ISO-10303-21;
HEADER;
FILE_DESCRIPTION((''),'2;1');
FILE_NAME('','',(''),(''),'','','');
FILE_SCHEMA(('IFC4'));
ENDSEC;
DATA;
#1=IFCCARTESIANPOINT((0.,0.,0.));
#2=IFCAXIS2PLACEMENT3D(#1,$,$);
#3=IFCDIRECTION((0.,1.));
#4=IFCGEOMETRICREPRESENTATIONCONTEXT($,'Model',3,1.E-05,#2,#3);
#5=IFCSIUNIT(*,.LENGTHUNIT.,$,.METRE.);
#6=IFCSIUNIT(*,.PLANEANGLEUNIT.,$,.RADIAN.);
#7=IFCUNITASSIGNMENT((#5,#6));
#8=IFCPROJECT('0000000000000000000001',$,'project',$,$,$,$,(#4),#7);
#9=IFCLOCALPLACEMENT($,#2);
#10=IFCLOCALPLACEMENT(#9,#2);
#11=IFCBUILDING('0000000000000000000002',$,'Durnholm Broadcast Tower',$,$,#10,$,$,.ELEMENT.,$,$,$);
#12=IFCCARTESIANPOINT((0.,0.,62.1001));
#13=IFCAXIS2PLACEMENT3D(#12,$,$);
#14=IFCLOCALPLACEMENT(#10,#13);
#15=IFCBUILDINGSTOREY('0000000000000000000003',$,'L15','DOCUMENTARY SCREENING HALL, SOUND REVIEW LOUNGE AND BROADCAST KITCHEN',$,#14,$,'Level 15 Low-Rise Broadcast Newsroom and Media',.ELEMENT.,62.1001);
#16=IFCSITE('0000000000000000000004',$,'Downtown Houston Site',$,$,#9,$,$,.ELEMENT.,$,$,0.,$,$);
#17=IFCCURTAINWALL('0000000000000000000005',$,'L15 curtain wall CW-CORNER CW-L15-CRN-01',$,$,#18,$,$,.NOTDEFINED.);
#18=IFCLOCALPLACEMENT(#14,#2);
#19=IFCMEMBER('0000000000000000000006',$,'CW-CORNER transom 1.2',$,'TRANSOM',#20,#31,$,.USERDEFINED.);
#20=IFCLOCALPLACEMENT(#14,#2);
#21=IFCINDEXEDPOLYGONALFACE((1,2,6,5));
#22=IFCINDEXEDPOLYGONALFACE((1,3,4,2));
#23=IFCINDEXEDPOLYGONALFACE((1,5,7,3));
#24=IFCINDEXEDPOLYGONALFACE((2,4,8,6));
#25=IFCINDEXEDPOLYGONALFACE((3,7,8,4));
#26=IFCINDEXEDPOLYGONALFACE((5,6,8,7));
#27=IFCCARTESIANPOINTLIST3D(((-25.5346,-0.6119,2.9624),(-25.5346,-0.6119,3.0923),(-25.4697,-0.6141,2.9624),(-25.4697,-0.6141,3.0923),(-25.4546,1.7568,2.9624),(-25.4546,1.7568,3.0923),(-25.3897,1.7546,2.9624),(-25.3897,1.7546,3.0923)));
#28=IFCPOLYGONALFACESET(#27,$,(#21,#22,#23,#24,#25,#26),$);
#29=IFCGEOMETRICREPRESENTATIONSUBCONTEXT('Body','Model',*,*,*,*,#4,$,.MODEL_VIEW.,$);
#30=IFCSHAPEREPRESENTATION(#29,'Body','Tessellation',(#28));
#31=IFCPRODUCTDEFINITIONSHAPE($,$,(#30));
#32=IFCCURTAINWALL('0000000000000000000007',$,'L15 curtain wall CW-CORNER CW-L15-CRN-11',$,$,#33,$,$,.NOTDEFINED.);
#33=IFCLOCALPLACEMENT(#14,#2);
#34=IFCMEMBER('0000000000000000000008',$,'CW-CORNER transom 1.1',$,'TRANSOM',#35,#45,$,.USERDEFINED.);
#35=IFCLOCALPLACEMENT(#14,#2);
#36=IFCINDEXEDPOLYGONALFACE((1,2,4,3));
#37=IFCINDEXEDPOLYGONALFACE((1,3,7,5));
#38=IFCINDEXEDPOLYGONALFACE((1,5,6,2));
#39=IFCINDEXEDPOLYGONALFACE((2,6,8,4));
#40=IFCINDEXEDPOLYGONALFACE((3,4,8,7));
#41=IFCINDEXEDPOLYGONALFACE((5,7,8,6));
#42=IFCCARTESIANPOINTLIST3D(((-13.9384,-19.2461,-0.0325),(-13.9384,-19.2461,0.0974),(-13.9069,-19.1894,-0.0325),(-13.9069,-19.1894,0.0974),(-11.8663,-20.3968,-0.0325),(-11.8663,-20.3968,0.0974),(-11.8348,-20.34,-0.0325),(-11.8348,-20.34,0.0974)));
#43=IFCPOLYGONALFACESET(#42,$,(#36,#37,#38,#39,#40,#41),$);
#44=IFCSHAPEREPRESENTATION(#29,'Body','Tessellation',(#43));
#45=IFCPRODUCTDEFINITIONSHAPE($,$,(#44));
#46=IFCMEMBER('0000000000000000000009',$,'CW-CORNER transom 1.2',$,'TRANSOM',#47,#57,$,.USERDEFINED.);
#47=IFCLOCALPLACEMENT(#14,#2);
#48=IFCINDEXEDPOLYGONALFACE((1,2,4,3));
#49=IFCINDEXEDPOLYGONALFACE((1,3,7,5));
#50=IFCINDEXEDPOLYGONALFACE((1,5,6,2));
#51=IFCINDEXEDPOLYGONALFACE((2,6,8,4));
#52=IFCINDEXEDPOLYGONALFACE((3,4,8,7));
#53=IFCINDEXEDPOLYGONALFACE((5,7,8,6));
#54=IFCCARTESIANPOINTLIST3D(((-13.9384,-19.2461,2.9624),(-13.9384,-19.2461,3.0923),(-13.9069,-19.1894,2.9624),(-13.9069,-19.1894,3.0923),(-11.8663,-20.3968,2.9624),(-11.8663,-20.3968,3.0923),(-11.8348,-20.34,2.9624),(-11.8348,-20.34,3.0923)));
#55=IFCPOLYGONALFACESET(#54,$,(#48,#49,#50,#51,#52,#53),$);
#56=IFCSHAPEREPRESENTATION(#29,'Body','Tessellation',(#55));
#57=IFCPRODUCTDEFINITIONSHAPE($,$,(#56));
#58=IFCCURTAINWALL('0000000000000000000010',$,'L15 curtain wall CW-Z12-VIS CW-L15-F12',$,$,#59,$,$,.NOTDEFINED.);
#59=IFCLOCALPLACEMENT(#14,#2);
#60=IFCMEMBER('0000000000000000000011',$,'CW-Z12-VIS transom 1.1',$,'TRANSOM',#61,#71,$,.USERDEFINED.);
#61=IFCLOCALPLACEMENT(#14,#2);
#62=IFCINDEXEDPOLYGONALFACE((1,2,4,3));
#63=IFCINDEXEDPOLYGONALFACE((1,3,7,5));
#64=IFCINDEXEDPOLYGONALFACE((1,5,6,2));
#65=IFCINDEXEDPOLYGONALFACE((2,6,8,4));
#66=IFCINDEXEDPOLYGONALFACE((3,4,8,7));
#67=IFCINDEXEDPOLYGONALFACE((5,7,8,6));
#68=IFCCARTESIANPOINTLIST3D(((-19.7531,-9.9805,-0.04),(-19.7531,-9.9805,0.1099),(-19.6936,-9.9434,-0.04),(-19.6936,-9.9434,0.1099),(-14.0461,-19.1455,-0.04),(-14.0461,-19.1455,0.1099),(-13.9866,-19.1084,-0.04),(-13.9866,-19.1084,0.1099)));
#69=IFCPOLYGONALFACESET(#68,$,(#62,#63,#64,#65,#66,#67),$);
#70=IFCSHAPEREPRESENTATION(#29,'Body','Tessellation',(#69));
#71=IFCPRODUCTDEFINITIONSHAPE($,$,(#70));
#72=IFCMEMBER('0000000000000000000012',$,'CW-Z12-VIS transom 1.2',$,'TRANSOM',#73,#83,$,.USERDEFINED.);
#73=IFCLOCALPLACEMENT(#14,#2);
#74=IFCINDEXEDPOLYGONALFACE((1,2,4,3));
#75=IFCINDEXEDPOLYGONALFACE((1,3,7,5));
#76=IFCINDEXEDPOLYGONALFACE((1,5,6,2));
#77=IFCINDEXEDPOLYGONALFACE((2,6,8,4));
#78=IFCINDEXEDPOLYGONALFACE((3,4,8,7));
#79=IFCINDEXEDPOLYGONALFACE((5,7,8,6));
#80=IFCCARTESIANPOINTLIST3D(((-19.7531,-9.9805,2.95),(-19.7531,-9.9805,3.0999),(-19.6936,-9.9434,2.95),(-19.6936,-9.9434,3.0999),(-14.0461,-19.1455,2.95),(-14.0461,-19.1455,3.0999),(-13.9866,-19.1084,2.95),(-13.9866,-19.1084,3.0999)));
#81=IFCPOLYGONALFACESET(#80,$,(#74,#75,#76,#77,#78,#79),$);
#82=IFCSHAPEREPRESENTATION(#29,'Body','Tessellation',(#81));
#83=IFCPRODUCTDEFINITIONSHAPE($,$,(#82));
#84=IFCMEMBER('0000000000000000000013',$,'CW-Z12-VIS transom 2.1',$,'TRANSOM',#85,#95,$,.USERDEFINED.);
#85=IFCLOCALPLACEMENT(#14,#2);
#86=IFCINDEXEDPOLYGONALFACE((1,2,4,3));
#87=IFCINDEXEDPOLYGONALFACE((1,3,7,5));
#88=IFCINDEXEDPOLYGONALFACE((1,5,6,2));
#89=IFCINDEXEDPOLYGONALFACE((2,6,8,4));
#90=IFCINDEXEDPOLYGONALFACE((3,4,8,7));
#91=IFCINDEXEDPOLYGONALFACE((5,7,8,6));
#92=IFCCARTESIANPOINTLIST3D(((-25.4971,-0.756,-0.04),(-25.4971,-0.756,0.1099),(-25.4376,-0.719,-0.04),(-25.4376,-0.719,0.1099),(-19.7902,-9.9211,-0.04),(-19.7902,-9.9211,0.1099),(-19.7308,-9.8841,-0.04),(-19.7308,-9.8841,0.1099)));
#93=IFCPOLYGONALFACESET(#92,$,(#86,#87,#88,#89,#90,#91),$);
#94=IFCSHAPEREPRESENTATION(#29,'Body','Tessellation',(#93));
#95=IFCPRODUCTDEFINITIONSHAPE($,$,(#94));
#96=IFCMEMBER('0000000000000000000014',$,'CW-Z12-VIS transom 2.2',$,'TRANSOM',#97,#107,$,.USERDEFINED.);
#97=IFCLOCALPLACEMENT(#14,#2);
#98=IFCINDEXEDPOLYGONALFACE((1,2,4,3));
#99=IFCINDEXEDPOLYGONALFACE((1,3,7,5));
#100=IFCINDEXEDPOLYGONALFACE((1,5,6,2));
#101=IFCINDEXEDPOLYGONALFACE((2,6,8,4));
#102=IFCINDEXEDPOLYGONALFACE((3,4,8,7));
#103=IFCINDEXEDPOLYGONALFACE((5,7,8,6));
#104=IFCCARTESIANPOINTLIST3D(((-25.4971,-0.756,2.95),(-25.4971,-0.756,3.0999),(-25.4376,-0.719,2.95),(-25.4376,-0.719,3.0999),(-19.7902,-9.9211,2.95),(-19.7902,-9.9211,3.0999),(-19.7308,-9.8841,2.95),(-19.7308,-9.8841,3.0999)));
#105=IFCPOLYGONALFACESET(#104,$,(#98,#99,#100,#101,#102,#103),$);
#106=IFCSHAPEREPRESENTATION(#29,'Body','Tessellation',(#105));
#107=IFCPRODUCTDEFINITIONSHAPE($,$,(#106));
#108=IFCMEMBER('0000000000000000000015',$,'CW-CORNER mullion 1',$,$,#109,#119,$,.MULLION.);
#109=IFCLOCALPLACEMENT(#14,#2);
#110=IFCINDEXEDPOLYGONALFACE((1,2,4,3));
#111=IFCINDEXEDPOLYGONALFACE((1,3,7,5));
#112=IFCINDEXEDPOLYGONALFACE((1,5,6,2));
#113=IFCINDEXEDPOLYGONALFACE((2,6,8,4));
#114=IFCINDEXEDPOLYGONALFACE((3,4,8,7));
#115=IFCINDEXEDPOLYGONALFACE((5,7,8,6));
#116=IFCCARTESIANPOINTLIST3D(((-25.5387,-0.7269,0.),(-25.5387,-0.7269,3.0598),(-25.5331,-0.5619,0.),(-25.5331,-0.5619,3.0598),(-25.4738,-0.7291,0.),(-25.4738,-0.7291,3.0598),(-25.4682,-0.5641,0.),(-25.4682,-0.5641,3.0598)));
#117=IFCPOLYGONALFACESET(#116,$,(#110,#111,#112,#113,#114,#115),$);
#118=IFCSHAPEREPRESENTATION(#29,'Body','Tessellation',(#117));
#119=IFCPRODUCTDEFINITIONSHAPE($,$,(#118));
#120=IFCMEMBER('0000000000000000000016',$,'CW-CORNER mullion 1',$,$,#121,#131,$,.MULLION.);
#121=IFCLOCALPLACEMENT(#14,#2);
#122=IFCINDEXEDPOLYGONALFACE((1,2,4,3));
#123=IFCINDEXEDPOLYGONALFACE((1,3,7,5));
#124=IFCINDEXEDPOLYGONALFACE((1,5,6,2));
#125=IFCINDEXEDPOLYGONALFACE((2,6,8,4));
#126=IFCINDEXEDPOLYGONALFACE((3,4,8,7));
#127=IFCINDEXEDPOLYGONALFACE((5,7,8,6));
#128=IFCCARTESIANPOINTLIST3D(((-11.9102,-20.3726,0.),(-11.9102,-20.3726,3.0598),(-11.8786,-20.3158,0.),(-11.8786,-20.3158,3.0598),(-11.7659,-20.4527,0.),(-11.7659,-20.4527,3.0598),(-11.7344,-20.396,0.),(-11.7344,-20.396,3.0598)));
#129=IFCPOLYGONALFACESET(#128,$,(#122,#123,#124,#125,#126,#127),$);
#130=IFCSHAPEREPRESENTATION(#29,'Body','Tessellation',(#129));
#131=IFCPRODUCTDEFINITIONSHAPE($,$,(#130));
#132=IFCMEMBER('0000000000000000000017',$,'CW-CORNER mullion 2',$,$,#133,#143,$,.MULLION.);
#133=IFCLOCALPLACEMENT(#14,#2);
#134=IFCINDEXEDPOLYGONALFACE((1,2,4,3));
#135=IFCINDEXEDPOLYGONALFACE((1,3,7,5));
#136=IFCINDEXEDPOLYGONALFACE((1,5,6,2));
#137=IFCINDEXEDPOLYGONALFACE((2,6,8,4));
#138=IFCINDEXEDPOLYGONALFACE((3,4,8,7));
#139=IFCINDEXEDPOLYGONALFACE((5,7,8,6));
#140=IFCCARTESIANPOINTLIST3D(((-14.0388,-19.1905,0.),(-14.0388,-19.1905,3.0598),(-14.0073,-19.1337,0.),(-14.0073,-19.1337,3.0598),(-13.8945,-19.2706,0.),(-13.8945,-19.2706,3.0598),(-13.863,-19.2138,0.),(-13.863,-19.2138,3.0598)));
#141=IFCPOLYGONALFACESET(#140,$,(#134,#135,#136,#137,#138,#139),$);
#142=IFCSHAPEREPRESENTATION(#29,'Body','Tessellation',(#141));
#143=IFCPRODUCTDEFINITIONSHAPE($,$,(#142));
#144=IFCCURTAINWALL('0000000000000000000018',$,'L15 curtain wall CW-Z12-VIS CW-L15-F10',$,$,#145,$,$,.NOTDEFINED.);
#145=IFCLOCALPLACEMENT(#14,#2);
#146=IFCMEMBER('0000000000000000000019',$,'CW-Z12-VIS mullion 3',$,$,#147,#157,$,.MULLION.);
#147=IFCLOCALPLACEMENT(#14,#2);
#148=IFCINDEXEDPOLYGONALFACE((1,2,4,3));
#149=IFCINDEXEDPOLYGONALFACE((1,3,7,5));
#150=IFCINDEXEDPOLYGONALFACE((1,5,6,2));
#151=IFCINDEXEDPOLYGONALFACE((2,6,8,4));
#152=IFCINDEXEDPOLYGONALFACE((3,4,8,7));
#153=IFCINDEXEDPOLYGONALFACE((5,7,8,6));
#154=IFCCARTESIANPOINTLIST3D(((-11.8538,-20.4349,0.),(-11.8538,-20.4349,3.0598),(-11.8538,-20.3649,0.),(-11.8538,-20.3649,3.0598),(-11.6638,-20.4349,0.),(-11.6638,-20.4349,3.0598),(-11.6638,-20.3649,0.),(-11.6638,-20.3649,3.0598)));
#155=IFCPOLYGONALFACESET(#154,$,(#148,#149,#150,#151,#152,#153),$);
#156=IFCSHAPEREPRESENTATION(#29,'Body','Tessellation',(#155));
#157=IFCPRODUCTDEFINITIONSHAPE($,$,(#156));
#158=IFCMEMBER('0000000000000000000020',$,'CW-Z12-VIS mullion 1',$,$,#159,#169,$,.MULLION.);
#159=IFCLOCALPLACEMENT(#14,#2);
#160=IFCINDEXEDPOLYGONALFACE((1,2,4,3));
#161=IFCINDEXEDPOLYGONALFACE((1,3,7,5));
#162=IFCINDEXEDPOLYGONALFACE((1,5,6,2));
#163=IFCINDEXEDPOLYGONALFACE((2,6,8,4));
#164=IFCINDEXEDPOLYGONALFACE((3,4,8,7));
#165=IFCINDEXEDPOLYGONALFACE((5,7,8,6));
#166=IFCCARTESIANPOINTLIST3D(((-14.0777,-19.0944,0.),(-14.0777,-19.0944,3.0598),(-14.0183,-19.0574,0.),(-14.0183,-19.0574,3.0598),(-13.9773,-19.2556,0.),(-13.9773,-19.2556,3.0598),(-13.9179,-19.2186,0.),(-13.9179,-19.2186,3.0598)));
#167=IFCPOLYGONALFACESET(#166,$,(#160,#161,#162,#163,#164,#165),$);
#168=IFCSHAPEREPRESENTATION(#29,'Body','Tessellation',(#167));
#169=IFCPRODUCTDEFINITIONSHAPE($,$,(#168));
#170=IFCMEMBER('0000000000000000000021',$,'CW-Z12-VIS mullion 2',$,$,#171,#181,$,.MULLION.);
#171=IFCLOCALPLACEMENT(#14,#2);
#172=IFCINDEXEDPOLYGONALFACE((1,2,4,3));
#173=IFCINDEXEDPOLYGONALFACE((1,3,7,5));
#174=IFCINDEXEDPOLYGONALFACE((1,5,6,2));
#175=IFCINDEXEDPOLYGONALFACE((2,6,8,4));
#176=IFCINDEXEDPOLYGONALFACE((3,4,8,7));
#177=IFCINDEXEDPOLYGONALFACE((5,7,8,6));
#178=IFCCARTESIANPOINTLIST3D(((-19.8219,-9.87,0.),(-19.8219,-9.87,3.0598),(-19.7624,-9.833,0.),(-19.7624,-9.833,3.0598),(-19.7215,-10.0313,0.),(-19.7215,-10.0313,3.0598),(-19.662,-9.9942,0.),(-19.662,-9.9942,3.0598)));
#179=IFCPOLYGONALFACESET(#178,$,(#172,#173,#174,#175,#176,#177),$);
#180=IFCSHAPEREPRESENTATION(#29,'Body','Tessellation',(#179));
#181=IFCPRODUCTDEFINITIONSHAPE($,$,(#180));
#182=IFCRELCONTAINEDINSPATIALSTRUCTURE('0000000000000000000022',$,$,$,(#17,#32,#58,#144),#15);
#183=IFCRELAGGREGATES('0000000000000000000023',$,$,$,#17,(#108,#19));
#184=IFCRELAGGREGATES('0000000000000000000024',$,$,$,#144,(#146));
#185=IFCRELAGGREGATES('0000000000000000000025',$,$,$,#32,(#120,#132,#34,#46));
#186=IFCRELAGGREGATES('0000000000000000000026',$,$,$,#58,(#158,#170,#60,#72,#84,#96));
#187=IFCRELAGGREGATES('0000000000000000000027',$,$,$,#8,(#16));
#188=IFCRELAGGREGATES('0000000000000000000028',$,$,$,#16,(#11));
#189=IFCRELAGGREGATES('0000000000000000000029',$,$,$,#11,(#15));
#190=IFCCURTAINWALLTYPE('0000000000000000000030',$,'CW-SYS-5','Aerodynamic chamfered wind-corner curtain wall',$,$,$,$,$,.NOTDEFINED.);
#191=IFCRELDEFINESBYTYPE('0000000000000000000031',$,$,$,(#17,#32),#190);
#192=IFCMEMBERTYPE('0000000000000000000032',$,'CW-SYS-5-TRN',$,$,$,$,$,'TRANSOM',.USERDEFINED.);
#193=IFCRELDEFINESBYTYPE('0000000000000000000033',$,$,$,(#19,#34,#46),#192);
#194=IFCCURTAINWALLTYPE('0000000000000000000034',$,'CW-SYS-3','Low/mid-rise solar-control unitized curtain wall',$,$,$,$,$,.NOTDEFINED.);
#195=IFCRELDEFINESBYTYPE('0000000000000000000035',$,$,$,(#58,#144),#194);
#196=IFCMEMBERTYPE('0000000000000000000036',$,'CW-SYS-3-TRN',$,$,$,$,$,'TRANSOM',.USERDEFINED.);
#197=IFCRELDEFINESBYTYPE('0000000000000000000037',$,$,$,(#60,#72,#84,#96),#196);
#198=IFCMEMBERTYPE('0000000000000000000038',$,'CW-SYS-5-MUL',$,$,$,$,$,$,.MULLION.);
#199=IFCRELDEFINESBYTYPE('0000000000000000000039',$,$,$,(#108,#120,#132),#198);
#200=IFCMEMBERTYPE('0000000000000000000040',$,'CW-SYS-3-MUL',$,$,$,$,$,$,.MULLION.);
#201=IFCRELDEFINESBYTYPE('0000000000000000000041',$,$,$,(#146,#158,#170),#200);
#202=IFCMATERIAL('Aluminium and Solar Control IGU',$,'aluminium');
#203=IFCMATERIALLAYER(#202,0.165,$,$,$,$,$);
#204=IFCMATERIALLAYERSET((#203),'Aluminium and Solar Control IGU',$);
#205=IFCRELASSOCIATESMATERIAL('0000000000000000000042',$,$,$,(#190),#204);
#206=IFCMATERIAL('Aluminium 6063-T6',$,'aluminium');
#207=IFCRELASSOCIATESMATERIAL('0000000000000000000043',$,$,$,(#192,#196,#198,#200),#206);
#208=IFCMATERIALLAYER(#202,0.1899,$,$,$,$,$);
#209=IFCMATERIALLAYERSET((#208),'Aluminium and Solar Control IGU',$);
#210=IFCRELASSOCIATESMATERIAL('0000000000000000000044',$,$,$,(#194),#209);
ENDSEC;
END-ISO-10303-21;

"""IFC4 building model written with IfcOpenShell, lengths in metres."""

from ifc_helpers import new_model, si_unit, direction, frame, origin, origin_2d, place, context, subcontext, project, spatial, rectangle, extrude, source, transform, mapped, material, layer, layer_set, material_profile, profile_set, type_object, type_shapes, element, aggregate, save


model = new_model("IFC4")

# Units and contexts
model_context = context("Model", 3, precision=1e-05, world=origin(), true_north=direction((0.0, 1.0)))
body_context = subcontext(model_context, "Body", "Model", "MODEL_VIEW")
ifc_project = project(units=[si_unit("LENGTHUNIT", "METRE"), si_unit("PLANEANGLEUNIT", "RADIAN")], contexts=[model_context])

# Site, building, storey
site_placement = place(None, origin())
site = spatial("IfcSite", under=ifc_project, at=site_placement, Name="Downtown Houston Site", CompositionType="ELEMENT", RefElevation=0.0)
building_placement = place(site_placement, origin())
building = spatial("IfcBuilding", under=site, at=building_placement, Name="Durnholm Broadcast Tower", CompositionType="ELEMENT")
storey_placement = place(building_placement, frame((0.0, 0.0, 62.1001)))
storey = spatial("IfcBuildingStorey", under=building, at=storey_placement, Name="L15", Description="DOCUMENTARY SCREENING HALL, SOUND REVIEW LOUNGE AND BROADCAST KITCHEN", LongName="Level 15 Low-Rise Broadcast Newsroom and Media", CompositionType="ELEMENT", Elevation=62.1001)

# Curtain walls, members
ifc_material_1 = material(Name="Aluminium and Solar Control IGU", Category="aluminium")
ifc_layer_1 = layer(ifc_material_1, 0.165)
ifc_layer_set_1 = layer_set([ifc_layer_1], Name="Aluminium and Solar Control IGU")
curtain_wall_type_1 = type_object("IfcCurtainWallType", Name="CW-SYS-5", Description="Aerodynamic chamfered wind-corner curtain wall", PredefinedType="NOTDEFINED", material=ifc_layer_set_1)
curtain_wall_1_placement = place(storey_placement, origin())
curtain_wall_1 = element("IfcCurtainWall", 1, at=curtain_wall_1_placement, inside=storey, type_object=curtain_wall_type_1, Name="L15 curtain wall CW-CORNER CW-L15-CRN-01", PredefinedType="NOTDEFINED")
ifc_material_2 = material(Name="Aluminium 6063-T6", Category="aluminium")
ifc_material_profile_1 = material_profile(ifc_material_2, rectangle(XDim=0.0649, YDim=0.1299, at=origin_2d()), Name="CWT65X130")
ifc_profile_set_1 = profile_set([ifc_material_profile_1], Name="Aluminium 6063-T6")
member_type_1 = type_object("IfcMemberType", Name="CW-SYS-5-TRN", ElementType="TRANSOM", PredefinedType="USERDEFINED", material=ifc_profile_set_1)
shared_shape_1 = source(origin(), body_context, "Body", "SweptSolid", [
    extrude(rectangle(XDim=0.0649, YDim=0.1299, at=origin_2d()), origin(), (0.0, 0.0, 1.0), 2.3701),
])
type_shapes(member_type_1, [shared_shape_1])
member_1_placement = place(storey_placement, frame((-25.5022, -0.613, 3.0273), z_axis=(0.033788, 0.999429, 0.0), x_axis=(-0.999429, 0.033788, 0.0)))
member_1 = element("IfcMember", 2, at=member_1_placement, type_object=member_type_1, Name="CW-CORNER transom 1.2", ObjectType="TRANSOM", PredefinedType="USERDEFINED", context=body_context, shape_type="MappedRepresentation", body=[
    mapped(shared_shape_1, transform((0.0, 0.0, 0.0), x_axis=(1.0, 0.0, 0.0), y_axis=(0.0, 1.0, 0.0), z_axis=(0.0, 0.0, 1.0), scale=1.0)),
])
curtain_wall_2_placement = place(storey_placement, origin())
curtain_wall_2 = element("IfcCurtainWall", 3, at=curtain_wall_2_placement, inside=storey, type_object=curtain_wall_type_1, Name="L15 curtain wall CW-CORNER CW-L15-CRN-11", PredefinedType="NOTDEFINED")
member_2_placement = place(storey_placement, frame((-11.8506, -20.3684, 0.0325), z_axis=(-0.874245, 0.485485, 0.0), x_axis=(-0.485485, -0.874245, 0.0)))
member_2 = element("IfcMember", 4, at=member_2_placement, type_object=member_type_1, Name="CW-CORNER transom 1.1", ObjectType="TRANSOM", PredefinedType="USERDEFINED", context=body_context, shape_type="MappedRepresentation", body=[
    mapped(shared_shape_1, transform((0.0, 0.0, 0.0), x_axis=(1.0, 0.0, 0.0), y_axis=(0.0, 1.0, 0.0), z_axis=(0.0, 0.0, 1.0), scale=1.0)),
])
member_3_placement = place(storey_placement, frame((-11.8506, -20.3684, 3.0273), z_axis=(-0.874245, 0.485485, 0.0), x_axis=(-0.485485, -0.874245, 0.0)))
member_3 = element("IfcMember", 5, at=member_3_placement, type_object=member_type_1, Name="CW-CORNER transom 1.2", ObjectType="TRANSOM", PredefinedType="USERDEFINED", context=body_context, shape_type="MappedRepresentation", body=[
    mapped(shared_shape_1, transform((0.0, 0.0, 0.0), x_axis=(1.0, 0.0, 0.0), y_axis=(0.0, 1.0, 0.0), z_axis=(0.0, 0.0, 1.0), scale=1.0)),
])
ifc_layer_2 = layer(ifc_material_1, 0.1899)
ifc_layer_set_2 = layer_set([ifc_layer_2], Name="Aluminium and Solar Control IGU")
curtain_wall_type_2 = type_object("IfcCurtainWallType", Name="CW-SYS-3", Description="Low/mid-rise solar-control unitized curtain wall", PredefinedType="NOTDEFINED", material=ifc_layer_set_2)
curtain_wall_3_placement = place(storey_placement, origin())
curtain_wall_3 = element("IfcCurtainWall", 6, at=curtain_wall_3_placement, inside=storey, type_object=curtain_wall_type_2, Name="L15 curtain wall CW-Z12-VIS CW-L15-F12", PredefinedType="NOTDEFINED")
ifc_material_profile_2 = material_profile(ifc_material_2, rectangle(XDim=0.0701, YDim=0.1499, at=origin_2d()), Name="CWT70X150")
ifc_profile_set_2 = profile_set([ifc_material_profile_2], Name="Aluminium 6063-T6")
member_type_2 = type_object("IfcMemberType", Name="CW-SYS-3-TRN", ElementType="TRANSOM", PredefinedType="USERDEFINED", material=ifc_profile_set_2)
shared_shape_2 = source(origin(), body_context, "Body", "SweptSolid", [
    extrude(rectangle(XDim=0.0701, YDim=0.1499, at=origin_2d()), origin(), (0.0, 0.0, 1.0), 10.7966),
])
type_shapes(member_type_2, [shared_shape_2])
member_4_placement = place(storey_placement, frame((-14.0164, -19.127, 0.0349), z_axis=(-0.528592, 0.848876, 0.0), x_axis=(-0.848876, -0.528592, 0.0)))
member_4 = element("IfcMember", 7, at=member_4_placement, type_object=member_type_2, Name="CW-Z12-VIS transom 1.1", ObjectType="TRANSOM", PredefinedType="USERDEFINED", context=body_context, shape_type="MappedRepresentation", body=[
    mapped(shared_shape_2, transform((0.0, 0.0, 0.0), x_axis=(1.0, 0.0, 0.0), y_axis=(0.0, 1.0, 0.0), z_axis=(0.0, 0.0, 1.0), scale=1.0)),
])
member_5_placement = place(storey_placement, frame((-14.0164, -19.127, 3.0249), z_axis=(-0.528592, 0.848876, 0.0), x_axis=(-0.848876, -0.528592, 0.0)))
member_5 = element("IfcMember", 8, at=member_5_placement, type_object=member_type_2, Name="CW-Z12-VIS transom 1.2", ObjectType="TRANSOM", PredefinedType="USERDEFINED", context=body_context, shape_type="MappedRepresentation", body=[
    mapped(shared_shape_2, transform((0.0, 0.0, 0.0), x_axis=(1.0, 0.0, 0.0), y_axis=(0.0, 1.0, 0.0), z_axis=(0.0, 0.0, 1.0), scale=1.0)),
])
member_6_placement = place(storey_placement, frame((-19.7605, -9.9026, 0.0349), z_axis=(-0.528575, 0.848886, 0.0), x_axis=(-0.848886, -0.528575, 0.0)))
member_6 = element("IfcMember", 9, at=member_6_placement, type_object=member_type_2, Name="CW-Z12-VIS transom 2.1", ObjectType="TRANSOM", PredefinedType="USERDEFINED", context=body_context, shape_type="MappedRepresentation", body=[
    mapped(shared_shape_2, transform((0.0, 0.0, 0.0), x_axis=(1.0, 0.0, 0.0), y_axis=(0.0, 1.0, 0.0), z_axis=(0.0, 0.0, 1.0), scale=1.0)),
])
member_7_placement = place(storey_placement, frame((-19.7605, -9.9026, 3.0249), z_axis=(-0.528575, 0.848886, 0.0), x_axis=(-0.848886, -0.528575, 0.0)))
member_7 = element("IfcMember", 10, at=member_7_placement, type_object=member_type_2, Name="CW-Z12-VIS transom 2.2", ObjectType="TRANSOM", PredefinedType="USERDEFINED", context=body_context, shape_type="MappedRepresentation", body=[
    mapped(shared_shape_2, transform((0.0, 0.0, 0.0), x_axis=(1.0, 0.0, 0.0), y_axis=(0.0, 1.0, 0.0), z_axis=(0.0, 0.0, 1.0), scale=1.0)),
])

# Members
ifc_material_profile_3 = material_profile(ifc_material_2, rectangle(XDim=0.0649, YDim=0.165, at=origin_2d()), Name="CWM65X165")
ifc_profile_set_3 = profile_set([ifc_material_profile_3], Name="Aluminium 6063-T6")
member_type_3 = type_object("IfcMemberType", Name="CW-SYS-5-MUL", PredefinedType="MULLION", material=ifc_profile_set_3)
shared_shape_3 = source(origin(), body_context, "Body", "SweptSolid", [
    extrude(rectangle(XDim=0.0649, YDim=0.165, at=origin_2d()), origin(), (0.0, 0.0, 1.0), 3.0598),
])
type_shapes(member_type_3, [shared_shape_3])
member_8_placement = place(storey_placement, frame((-25.5034, -0.6455, 0.0), z_axis=(0.0, 0.0, 1.0), x_axis=(-0.999427, 0.03384, 0.0)))
member_8 = element("IfcMember", 11, at=member_8_placement, type_object=member_type_3, Name="CW-CORNER mullion 1", PredefinedType="MULLION", context=body_context, shape_type="MappedRepresentation", body=[
    mapped(shared_shape_3, transform((0.0, 0.0, 0.0), x_axis=(1.0, 0.0, 0.0), y_axis=(0.0, 1.0, 0.0), z_axis=(0.0, 0.0, 1.0), scale=1.0)),
])
aggregate(curtain_wall_1, [member_8, member_1])
member_9_placement = place(storey_placement, frame((-11.8223, -20.3843, 0.0), z_axis=(0.0, 0.0, 1.0), x_axis=(-0.485483, -0.874246, 0.0)))
member_9 = element("IfcMember", 12, at=member_9_placement, type_object=member_type_3, Name="CW-CORNER mullion 1", PredefinedType="MULLION", context=body_context, shape_type="MappedRepresentation", body=[
    mapped(shared_shape_3, transform((0.0, 0.0, 0.0), x_axis=(1.0, 0.0, 0.0), y_axis=(0.0, 1.0, 0.0), z_axis=(0.0, 0.0, 1.0), scale=1.0)),
])
member_10_placement = place(storey_placement, frame((-13.9509, -19.2021, 0.0), z_axis=(0.0, 0.0, 1.0), x_axis=(-0.485483, -0.874246, 0.0)))
member_10 = element("IfcMember", 13, at=member_10_placement, type_object=member_type_3, Name="CW-CORNER mullion 2", PredefinedType="MULLION", context=body_context, shape_type="MappedRepresentation", body=[
    mapped(shared_shape_3, transform((0.0, 0.0, 0.0), x_axis=(1.0, 0.0, 0.0), y_axis=(0.0, 1.0, 0.0), z_axis=(0.0, 0.0, 1.0), scale=1.0)),
])

# Curtain wall, member
curtain_wall_4_placement = place(storey_placement, origin())
curtain_wall_4 = element("IfcCurtainWall", 14, at=curtain_wall_4_placement, inside=storey, type_object=curtain_wall_type_2, Name="L15 curtain wall CW-Z12-VIS CW-L15-F10", PredefinedType="NOTDEFINED")
ifc_material_profile_4 = material_profile(ifc_material_2, rectangle(XDim=0.0701, YDim=0.1899, at=origin_2d()), Name="CWM70X190")
ifc_profile_set_4 = profile_set([ifc_material_profile_4], Name="Aluminium 6063-T6")
member_type_4 = type_object("IfcMemberType", Name="CW-SYS-3-MUL", PredefinedType="MULLION", material=ifc_profile_set_4)
shared_shape_4 = source(origin(), body_context, "Body", "SweptSolid", [
    extrude(rectangle(XDim=0.0701, YDim=0.1899, at=origin_2d()), origin(), (0.0, 0.0, 1.0), 3.0598),
])
type_shapes(member_type_4, [shared_shape_4])
member_11_placement = place(storey_placement, frame((-11.7588, -20.3999, 0.0), z_axis=(0.0, 0.0, 1.0), x_axis=(0.0, -1.0, 0.0)))
member_11 = element("IfcMember", 15, at=member_11_placement, type_object=member_type_4, Name="CW-Z12-VIS mullion 3", PredefinedType="MULLION", context=body_context, shape_type="MappedRepresentation", body=[
    mapped(shared_shape_4, transform((0.0, 0.0, 0.0), x_axis=(1.0, 0.0, 0.0), y_axis=(0.0, 1.0, 0.0), z_axis=(0.0, 0.0, 1.0), scale=1.0)),
])
aggregate(curtain_wall_4, [member_11])

# Members
member_12_placement = place(storey_placement, frame((-13.9978, -19.1565, 0.0), z_axis=(0.0, 0.0, 1.0), x_axis=(-0.848876, -0.528592, 0.0)))
member_12 = element("IfcMember", 16, at=member_12_placement, type_object=member_type_4, Name="CW-Z12-VIS mullion 1", PredefinedType="MULLION", context=body_context, shape_type="MappedRepresentation", body=[
    mapped(shared_shape_4, transform((0.0, 0.0, 0.0), x_axis=(1.0, 0.0, 0.0), y_axis=(0.0, 1.0, 0.0), z_axis=(0.0, 0.0, 1.0), scale=1.0)),
])
member_13_placement = place(storey_placement, frame((-19.7419, -9.9321, 0.0), z_axis=(0.0, 0.0, 1.0), x_axis=(-0.848876, -0.528592, 0.0)))
member_13 = element("IfcMember", 17, at=member_13_placement, type_object=member_type_4, Name="CW-Z12-VIS mullion 2", PredefinedType="MULLION", context=body_context, shape_type="MappedRepresentation", body=[
    mapped(shared_shape_4, transform((0.0, 0.0, 0.0), x_axis=(1.0, 0.0, 0.0), y_axis=(0.0, 1.0, 0.0), z_axis=(0.0, 0.0, 1.0), scale=1.0)),
])

aggregate(curtain_wall_2, [member_9, member_10, member_2, member_3])
aggregate(curtain_wall_3, [member_12, member_13, member_4, member_5, member_6, member_7])

save(model, "model.ifc")
